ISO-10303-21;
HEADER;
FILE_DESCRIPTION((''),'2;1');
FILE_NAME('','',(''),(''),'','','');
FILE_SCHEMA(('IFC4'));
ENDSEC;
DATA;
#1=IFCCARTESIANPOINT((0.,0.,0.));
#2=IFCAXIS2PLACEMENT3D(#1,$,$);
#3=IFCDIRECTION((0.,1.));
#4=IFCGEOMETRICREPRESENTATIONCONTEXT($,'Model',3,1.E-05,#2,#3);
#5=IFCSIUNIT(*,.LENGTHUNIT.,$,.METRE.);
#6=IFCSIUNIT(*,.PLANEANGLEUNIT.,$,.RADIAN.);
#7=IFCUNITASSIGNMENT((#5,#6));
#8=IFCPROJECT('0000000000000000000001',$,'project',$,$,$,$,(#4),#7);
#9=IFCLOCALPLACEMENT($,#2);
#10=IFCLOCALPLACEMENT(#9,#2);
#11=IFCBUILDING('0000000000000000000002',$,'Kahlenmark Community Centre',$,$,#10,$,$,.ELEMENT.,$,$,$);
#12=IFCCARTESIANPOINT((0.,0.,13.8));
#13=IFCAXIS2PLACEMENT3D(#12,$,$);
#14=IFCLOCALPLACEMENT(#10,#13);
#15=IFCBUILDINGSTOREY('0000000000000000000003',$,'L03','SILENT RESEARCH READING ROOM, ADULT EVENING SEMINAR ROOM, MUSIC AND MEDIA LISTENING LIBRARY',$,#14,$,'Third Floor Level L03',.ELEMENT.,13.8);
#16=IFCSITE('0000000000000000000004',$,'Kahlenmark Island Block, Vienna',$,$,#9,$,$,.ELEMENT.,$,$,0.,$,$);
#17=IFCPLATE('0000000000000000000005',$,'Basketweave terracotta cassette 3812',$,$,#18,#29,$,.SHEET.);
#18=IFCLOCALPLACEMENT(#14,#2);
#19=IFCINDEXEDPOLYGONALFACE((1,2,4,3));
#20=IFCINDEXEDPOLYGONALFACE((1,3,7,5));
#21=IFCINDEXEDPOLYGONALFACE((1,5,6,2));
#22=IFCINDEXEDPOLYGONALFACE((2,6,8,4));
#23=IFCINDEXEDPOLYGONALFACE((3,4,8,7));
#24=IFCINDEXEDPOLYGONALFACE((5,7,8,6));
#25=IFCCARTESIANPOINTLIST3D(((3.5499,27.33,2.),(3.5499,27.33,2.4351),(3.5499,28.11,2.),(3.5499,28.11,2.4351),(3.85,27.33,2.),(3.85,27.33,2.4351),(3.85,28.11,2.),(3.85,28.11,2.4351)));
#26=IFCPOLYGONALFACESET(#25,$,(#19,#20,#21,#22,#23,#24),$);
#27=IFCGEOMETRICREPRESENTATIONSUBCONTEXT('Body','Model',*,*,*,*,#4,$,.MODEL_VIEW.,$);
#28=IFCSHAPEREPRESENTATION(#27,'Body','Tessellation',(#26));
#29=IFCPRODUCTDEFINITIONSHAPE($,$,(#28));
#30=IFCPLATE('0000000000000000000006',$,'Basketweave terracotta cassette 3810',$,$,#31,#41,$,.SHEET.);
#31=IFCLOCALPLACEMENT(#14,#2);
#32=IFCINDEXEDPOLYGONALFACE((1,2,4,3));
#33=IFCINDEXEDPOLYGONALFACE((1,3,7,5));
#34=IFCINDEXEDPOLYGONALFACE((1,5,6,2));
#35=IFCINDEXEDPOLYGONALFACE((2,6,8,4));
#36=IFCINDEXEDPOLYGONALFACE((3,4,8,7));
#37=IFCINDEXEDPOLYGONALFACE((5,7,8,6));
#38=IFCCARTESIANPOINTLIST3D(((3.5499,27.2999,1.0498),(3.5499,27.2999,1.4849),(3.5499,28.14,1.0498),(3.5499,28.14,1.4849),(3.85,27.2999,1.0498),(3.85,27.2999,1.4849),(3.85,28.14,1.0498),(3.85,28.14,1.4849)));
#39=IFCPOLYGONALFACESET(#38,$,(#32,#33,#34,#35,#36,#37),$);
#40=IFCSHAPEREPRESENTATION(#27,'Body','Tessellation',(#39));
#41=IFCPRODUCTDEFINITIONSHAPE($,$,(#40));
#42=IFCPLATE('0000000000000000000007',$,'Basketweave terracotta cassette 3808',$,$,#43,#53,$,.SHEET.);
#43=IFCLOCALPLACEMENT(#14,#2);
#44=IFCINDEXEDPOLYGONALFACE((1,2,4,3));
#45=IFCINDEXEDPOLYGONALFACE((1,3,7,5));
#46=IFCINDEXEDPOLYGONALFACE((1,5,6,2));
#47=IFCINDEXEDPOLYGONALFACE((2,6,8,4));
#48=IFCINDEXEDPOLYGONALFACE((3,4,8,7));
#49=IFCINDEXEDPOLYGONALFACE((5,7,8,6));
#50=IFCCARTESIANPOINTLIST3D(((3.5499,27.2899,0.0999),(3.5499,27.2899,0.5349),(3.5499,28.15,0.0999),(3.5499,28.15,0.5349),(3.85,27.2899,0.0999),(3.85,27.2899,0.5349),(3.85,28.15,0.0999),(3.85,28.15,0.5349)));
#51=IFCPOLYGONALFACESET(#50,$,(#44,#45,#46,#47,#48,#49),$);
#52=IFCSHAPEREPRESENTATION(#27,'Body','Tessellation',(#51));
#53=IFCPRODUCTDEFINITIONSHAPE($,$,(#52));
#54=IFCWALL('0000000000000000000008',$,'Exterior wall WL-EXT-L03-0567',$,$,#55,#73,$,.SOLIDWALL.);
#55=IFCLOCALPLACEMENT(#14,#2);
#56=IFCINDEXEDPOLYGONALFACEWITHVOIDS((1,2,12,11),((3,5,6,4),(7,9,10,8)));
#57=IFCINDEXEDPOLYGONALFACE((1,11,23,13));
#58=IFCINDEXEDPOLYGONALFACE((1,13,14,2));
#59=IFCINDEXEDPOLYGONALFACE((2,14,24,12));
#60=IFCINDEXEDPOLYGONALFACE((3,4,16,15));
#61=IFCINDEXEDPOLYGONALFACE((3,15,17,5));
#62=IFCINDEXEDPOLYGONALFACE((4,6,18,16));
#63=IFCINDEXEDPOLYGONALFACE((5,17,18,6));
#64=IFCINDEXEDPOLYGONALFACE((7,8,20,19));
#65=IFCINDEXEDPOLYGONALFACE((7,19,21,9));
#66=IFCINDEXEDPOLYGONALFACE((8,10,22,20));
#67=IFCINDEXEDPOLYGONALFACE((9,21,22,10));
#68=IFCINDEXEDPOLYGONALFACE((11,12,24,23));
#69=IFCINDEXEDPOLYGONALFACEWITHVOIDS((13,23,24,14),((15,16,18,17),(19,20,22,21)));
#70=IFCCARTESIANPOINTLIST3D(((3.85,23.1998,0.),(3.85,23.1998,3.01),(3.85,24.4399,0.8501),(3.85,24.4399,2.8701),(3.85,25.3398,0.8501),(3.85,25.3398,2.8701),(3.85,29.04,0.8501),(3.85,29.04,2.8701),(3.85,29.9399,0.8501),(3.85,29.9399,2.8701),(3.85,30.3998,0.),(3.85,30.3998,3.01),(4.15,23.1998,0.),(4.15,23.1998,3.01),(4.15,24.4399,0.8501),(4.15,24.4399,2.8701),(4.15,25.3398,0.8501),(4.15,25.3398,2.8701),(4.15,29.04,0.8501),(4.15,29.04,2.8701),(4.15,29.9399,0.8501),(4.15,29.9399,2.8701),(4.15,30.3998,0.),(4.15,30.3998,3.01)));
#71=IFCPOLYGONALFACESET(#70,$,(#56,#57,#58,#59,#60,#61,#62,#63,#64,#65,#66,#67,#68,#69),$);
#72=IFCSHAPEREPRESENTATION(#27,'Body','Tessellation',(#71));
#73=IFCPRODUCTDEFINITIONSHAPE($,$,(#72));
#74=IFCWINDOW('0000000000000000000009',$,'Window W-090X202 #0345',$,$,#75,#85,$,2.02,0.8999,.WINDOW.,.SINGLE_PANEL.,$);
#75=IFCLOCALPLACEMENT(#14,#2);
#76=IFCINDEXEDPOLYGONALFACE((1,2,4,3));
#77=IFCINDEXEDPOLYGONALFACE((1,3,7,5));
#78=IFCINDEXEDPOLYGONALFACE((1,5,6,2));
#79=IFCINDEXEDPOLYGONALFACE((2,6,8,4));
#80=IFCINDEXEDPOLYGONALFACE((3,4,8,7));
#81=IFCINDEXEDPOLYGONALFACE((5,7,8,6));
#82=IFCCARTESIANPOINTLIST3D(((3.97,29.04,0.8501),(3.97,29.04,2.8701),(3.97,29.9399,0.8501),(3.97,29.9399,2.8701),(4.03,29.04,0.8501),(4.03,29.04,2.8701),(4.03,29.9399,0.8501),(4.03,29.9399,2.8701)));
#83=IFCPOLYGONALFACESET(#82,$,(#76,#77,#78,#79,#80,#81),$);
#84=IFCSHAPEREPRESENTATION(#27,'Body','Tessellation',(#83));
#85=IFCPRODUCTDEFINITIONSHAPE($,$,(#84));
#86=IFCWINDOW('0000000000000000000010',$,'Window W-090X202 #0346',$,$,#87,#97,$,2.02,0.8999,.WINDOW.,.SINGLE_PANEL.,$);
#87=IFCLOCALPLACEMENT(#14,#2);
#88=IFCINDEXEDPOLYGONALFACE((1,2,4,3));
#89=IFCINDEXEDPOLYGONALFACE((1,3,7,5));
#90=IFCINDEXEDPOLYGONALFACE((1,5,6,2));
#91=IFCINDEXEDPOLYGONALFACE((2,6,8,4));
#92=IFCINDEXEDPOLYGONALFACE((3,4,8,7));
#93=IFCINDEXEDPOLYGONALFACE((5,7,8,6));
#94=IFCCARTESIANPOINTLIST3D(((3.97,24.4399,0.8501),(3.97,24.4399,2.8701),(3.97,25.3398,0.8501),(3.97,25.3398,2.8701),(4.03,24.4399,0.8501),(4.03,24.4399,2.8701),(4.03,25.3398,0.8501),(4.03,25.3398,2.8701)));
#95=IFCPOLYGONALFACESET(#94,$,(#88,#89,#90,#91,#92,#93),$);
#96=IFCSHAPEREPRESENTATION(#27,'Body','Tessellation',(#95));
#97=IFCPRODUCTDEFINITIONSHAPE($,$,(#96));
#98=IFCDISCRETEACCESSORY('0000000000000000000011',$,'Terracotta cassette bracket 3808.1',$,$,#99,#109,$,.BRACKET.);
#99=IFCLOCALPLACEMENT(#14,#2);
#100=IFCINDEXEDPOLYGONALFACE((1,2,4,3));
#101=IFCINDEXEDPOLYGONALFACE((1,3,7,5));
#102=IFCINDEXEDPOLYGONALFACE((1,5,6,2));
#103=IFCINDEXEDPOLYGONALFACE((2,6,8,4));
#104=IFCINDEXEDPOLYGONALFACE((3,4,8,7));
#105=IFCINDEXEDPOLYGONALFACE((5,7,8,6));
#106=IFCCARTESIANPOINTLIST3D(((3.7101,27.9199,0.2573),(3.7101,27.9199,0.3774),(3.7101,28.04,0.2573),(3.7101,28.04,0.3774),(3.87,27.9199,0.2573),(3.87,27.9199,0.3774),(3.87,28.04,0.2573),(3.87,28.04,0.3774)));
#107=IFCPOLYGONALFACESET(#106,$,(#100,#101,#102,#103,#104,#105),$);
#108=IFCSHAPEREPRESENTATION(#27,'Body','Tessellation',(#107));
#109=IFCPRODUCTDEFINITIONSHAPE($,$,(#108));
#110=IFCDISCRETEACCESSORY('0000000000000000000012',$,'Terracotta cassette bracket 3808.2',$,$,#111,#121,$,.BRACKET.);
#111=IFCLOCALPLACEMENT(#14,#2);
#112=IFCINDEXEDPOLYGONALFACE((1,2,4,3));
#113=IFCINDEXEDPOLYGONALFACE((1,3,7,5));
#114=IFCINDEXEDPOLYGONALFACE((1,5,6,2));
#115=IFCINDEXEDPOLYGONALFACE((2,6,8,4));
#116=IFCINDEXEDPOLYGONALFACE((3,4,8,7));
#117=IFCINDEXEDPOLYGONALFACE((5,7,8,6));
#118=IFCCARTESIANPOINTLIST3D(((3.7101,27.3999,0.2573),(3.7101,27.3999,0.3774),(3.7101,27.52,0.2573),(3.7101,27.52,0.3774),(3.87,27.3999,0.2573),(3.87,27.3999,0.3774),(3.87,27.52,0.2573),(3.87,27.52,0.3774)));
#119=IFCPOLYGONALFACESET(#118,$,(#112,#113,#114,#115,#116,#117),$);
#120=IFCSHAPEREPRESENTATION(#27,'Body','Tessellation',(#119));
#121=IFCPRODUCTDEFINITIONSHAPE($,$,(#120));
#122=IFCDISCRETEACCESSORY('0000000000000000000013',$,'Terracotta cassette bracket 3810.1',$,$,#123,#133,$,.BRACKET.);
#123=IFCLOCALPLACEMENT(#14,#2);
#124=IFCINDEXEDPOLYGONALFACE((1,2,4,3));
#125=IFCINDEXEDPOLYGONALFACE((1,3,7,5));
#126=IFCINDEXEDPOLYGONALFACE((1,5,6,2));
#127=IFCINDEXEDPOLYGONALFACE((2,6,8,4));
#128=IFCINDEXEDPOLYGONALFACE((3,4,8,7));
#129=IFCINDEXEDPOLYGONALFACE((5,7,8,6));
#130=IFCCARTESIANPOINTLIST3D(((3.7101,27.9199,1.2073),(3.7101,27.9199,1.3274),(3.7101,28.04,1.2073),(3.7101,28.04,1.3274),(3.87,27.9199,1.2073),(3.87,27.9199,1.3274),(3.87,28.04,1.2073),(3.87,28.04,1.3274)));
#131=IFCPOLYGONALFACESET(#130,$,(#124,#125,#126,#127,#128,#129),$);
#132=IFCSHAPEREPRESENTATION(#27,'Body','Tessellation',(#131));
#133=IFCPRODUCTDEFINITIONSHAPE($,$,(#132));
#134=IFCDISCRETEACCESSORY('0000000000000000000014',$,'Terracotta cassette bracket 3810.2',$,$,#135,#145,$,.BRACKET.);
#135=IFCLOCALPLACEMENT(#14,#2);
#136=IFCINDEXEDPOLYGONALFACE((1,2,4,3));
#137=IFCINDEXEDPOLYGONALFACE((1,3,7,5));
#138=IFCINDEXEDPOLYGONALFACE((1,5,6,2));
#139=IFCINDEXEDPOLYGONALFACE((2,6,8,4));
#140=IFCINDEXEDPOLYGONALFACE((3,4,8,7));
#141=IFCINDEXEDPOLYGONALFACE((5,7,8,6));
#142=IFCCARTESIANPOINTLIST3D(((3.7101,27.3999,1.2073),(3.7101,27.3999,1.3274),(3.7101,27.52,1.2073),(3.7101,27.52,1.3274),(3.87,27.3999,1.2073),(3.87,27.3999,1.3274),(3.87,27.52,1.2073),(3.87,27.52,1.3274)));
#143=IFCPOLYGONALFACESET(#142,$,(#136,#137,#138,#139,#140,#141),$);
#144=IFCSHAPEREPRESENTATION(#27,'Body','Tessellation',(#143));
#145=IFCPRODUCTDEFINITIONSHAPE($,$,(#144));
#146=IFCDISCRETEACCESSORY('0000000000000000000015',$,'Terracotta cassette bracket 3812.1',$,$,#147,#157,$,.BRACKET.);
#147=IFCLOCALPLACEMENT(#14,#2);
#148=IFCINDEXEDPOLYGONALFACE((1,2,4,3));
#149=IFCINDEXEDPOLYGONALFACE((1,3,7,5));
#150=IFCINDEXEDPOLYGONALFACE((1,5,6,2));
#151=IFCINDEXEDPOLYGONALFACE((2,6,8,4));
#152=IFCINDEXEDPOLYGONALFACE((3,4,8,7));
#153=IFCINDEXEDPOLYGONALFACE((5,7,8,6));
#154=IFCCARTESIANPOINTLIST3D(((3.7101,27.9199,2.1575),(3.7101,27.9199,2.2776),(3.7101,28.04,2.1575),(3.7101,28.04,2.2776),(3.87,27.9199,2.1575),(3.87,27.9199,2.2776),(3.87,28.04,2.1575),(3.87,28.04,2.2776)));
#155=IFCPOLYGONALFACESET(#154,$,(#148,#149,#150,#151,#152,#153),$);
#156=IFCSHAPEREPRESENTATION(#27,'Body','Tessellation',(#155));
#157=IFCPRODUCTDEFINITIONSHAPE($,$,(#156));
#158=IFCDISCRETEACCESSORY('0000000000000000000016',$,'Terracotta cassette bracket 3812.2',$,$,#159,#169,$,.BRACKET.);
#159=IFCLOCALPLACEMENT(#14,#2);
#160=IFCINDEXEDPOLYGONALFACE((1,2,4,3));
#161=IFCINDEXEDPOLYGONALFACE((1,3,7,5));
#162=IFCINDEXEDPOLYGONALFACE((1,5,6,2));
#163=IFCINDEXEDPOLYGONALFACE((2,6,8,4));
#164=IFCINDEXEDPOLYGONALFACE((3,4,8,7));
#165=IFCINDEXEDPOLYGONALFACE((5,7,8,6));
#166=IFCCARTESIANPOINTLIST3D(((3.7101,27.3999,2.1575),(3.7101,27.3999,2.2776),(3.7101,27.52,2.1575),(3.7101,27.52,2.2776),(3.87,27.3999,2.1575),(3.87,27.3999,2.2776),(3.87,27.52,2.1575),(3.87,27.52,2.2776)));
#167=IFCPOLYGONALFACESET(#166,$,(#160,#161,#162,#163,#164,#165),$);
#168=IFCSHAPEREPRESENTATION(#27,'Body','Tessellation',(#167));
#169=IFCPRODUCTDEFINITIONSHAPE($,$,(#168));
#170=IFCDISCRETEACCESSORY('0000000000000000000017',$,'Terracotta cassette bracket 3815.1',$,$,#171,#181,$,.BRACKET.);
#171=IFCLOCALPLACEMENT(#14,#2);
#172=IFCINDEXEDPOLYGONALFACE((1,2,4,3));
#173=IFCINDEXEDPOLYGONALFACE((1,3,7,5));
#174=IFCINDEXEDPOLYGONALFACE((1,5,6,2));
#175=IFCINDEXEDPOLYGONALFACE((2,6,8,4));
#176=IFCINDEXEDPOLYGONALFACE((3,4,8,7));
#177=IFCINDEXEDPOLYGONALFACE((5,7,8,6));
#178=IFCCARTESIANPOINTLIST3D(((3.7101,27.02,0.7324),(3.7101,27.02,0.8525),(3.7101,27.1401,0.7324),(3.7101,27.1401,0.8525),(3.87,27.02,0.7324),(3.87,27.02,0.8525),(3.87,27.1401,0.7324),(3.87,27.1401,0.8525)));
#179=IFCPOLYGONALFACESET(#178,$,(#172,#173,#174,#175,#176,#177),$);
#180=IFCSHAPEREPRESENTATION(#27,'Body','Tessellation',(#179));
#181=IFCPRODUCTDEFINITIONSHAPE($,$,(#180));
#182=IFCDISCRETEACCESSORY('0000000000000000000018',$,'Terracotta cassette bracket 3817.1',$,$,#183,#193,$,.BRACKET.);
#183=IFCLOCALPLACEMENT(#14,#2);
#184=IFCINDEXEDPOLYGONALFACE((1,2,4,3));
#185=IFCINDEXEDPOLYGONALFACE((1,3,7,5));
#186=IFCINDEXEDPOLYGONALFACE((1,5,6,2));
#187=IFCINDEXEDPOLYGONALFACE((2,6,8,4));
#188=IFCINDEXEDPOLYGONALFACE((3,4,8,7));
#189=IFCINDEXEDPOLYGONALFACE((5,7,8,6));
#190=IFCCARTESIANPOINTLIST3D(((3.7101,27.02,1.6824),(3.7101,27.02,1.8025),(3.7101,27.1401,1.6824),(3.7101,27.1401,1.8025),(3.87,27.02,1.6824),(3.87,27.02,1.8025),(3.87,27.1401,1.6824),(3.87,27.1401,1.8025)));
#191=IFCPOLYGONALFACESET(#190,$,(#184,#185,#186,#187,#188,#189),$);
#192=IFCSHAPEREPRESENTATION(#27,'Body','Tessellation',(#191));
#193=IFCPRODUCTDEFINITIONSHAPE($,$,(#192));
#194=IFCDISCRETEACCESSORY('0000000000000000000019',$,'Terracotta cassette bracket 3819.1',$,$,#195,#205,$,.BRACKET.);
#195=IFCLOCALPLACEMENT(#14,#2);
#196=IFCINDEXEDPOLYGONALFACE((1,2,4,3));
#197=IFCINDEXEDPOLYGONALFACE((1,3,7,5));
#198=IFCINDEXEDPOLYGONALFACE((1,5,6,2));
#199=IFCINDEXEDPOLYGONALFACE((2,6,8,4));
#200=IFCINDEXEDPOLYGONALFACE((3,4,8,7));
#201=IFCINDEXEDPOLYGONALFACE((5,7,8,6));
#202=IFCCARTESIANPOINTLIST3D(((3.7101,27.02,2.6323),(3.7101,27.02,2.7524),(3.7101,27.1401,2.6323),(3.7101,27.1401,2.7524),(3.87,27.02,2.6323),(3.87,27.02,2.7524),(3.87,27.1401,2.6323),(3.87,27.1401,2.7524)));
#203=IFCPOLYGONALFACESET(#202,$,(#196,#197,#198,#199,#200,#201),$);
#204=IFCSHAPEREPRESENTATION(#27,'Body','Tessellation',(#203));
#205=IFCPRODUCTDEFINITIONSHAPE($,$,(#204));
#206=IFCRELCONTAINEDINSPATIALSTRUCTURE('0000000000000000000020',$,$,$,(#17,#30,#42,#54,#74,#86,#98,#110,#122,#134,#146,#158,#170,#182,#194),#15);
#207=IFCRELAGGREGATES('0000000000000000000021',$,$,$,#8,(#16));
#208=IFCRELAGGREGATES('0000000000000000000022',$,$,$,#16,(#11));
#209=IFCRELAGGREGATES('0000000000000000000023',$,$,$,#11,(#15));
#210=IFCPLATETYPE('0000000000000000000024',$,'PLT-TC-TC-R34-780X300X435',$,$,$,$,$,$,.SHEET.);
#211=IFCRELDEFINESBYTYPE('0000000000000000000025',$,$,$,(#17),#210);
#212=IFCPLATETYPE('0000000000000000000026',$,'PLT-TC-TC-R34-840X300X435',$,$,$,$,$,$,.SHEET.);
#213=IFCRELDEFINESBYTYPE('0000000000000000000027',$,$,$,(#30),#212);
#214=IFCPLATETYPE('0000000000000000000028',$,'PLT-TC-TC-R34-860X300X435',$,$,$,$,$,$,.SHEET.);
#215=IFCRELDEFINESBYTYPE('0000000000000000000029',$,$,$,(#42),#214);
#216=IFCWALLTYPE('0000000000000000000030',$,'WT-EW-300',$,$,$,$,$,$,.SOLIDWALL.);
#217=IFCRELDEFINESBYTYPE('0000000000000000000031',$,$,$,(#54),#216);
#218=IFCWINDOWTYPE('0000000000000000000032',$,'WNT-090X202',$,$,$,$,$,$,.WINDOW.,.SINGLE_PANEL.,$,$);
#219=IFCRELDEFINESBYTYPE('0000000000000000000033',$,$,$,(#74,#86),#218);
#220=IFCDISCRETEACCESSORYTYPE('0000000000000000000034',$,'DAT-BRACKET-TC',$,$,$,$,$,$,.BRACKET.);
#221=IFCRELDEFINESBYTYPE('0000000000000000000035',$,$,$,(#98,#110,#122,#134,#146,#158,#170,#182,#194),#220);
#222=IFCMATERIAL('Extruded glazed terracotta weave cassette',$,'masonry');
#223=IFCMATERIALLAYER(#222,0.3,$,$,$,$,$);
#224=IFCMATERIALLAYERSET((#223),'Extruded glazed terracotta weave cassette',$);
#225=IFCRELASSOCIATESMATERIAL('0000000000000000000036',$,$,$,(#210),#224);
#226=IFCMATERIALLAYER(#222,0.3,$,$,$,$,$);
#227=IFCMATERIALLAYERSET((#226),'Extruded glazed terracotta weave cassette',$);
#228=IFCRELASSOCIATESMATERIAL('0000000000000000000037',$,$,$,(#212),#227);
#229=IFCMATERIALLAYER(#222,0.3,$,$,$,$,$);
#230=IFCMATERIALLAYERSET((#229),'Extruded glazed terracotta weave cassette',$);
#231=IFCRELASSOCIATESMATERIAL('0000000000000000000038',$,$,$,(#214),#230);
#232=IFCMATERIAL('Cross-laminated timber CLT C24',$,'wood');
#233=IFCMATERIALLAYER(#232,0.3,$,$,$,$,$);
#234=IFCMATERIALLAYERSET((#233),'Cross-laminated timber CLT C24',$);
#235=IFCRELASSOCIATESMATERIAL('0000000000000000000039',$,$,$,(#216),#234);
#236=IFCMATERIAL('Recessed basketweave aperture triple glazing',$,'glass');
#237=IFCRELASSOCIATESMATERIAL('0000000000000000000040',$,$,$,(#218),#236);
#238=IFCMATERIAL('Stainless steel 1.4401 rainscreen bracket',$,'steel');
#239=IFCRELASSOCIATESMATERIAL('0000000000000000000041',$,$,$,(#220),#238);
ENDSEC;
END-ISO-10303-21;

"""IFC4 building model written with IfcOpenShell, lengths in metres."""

from ifc_helpers import new_model, si_unit, direction, frame, frame_2d, origin, origin_2d, place, context, subcontext, project, spatial, rectangle, extrude, material, layer, layer_set, type_object, element, fill, save


model = new_model("IFC4")

# Units and contexts
model_context = context("Model", 3, precision=1e-05, world=origin(), true_north=direction((0.0, 1.0)))
body_context = subcontext(model_context, "Body", "Model", "MODEL_VIEW")
ifc_project = project(units=[si_unit("LENGTHUNIT", "METRE"), si_unit("PLANEANGLEUNIT", "RADIAN")], contexts=[model_context])

# Site, building, storey
site_placement = place(None, origin())
site = spatial("IfcSite", under=ifc_project, at=site_placement, Name="Kahlenmark Island Block, Vienna", CompositionType="ELEMENT", RefElevation=0.0)
building_placement = place(site_placement, origin())
building = spatial("IfcBuilding", under=site, at=building_placement, Name="Kahlenmark Community Centre", CompositionType="ELEMENT")
storey_placement = place(building_placement, frame((0.0, 0.0, 13.8)))
storey = spatial("IfcBuildingStorey", under=building, at=storey_placement, Name="L03", Description="SILENT RESEARCH READING ROOM, ADULT EVENING SEMINAR ROOM, MUSIC AND MEDIA LISTENING LIBRARY", LongName="Third Floor Level L03", CompositionType="ELEMENT", Elevation=13.8)

# Plates
ifc_material_1 = material(Name="Extruded glazed terracotta weave cassette", Category="masonry")
ifc_layer_1 = layer(ifc_material_1, 0.3)
ifc_layer_set_1 = layer_set([ifc_layer_1], Name="Extruded glazed terracotta weave cassette")
plate_type_1 = type_object("IfcPlateType", Name="PLT-TC-TC-R34-780X300X435", PredefinedType="SHEET", material=ifc_layer_set_1)
plate_1_placement = place(storey_placement, frame((3.7, 27.72, 2.0), z_axis=(0.0, 0.0, 1.0), x_axis=(0.0, -1.0, 0.0)))
element("IfcPlate", 1, at=plate_1_placement, inside=storey, type_object=plate_type_1, Name="Basketweave terracotta cassette 3812", PredefinedType="SHEET", context=body_context, shape_type="SweptSolid", body=[
    extrude(rectangle(XDim=0.78, YDim=0.3, at=origin_2d()), origin(), (0.0, 0.0, 1.0), 0.4351),
])
ifc_layer_2 = layer(ifc_material_1, 0.3)
ifc_layer_set_2 = layer_set([ifc_layer_2], Name="Extruded glazed terracotta weave cassette")
plate_type_2 = type_object("IfcPlateType", Name="PLT-TC-TC-R34-840X300X435", PredefinedType="SHEET", material=ifc_layer_set_2)
plate_2_placement = place(storey_placement, frame((3.7, 27.72, 1.0498), z_axis=(0.0, 0.0, 1.0), x_axis=(0.0, -1.0, 0.0)))
element("IfcPlate", 2, at=plate_2_placement, inside=storey, type_object=plate_type_2, Name="Basketweave terracotta cassette 3810", PredefinedType="SHEET", context=body_context, shape_type="SweptSolid", body=[
    extrude(rectangle(XDim=0.8401, YDim=0.3, at=origin_2d()), origin(), (0.0, 0.0, 1.0), 0.4351),
])
ifc_layer_3 = layer(ifc_material_1, 0.3)
ifc_layer_set_3 = layer_set([ifc_layer_3], Name="Extruded glazed terracotta weave cassette")
plate_type_3 = type_object("IfcPlateType", Name="PLT-TC-TC-R34-860X300X435", PredefinedType="SHEET", material=ifc_layer_set_3)
plate_3_placement = place(storey_placement, frame((3.7, 27.72, 0.0999), z_axis=(0.0, 0.0, 1.0), x_axis=(0.0, -1.0, 0.0)))
element("IfcPlate", 3, at=plate_3_placement, inside=storey, type_object=plate_type_3, Name="Basketweave terracotta cassette 3808", PredefinedType="SHEET", context=body_context, shape_type="SweptSolid", body=[
    extrude(rectangle(XDim=0.8601, YDim=0.3, at=origin_2d()), origin(), (0.0, 0.0, 1.0), 0.4351),
])

# Wall, openings, windows
ifc_material_2 = material(Name="Cross-laminated timber CLT C24", Category="wood")
ifc_layer_4 = layer(ifc_material_2, 0.3)
ifc_layer_set_4 = layer_set([ifc_layer_4], Name="Cross-laminated timber CLT C24")
wall_type = type_object("IfcWallType", Name="WT-EW-300", PredefinedType="SOLIDWALL", material=ifc_layer_set_4)
wall_placement = place(storey_placement, frame((4.0, 30.3999, 0.0), z_axis=(0.0, 0.0, 1.0), x_axis=(0.0, -1.0, 0.0)))
wall = element("IfcWall", 4, at=wall_placement, inside=storey, type_object=wall_type, Name="Exterior wall WL-EXT-L03-0567", PredefinedType="SOLIDWALL", context=body_context, shape_type="SweptSolid", body=[
    extrude(rectangle(XDim=7.2, YDim=0.3, at=frame_2d((3.6001, 0.0))), origin(), (0.0, 0.0, 1.0), 3.01),
])
opening_1_placement = place(wall_placement, frame((0.46, 0.0, 0.8501)))
opening_1 = element("IfcOpeningElement", 5, at=opening_1_placement, cuts=wall, PredefinedType="OPENING", context=body_context, shape_type="SweptSolid", body=[
    extrude(rectangle(XDim=0.8999, YDim=2.02, at=frame_2d((0.45, 1.01))), frame((0.0, 0.1599, 0.0), z_axis=(0.0, -1.0, 0.0), x_axis=(1.0, 0.0, 0.0)), (0.0, 0.0, 1.0), 0.3201),
])
opening_2_placement = place(wall_placement, frame((5.0601, 0.0, 0.8501)))
opening_2 = element("IfcOpeningElement", 6, at=opening_2_placement, cuts=wall, PredefinedType="OPENING", context=body_context, shape_type="SweptSolid", body=[
    extrude(rectangle(XDim=0.8999, YDim=2.02, at=frame_2d((0.45, 1.01))), frame((0.0, 0.1599, 0.0), z_axis=(0.0, -1.0, 0.0), x_axis=(1.0, 0.0, 0.0)), (0.0, 0.0, 1.0), 0.3201),
])
ifc_material_3 = material(Name="Recessed basketweave aperture triple glazing", Category="glass")
window_type = type_object("IfcWindowType", Name="WNT-090X202", PartitioningType="SINGLE_PANEL", PredefinedType="WINDOW", material=ifc_material_3)
window_1_placement = place(opening_1_placement, origin())
window_1 = element("IfcWindow", 7, at=window_1_placement, inside=storey, type_object=window_type, Name="Window W-090X202 #0345", OverallHeight=2.02, OverallWidth=0.8999, PartitioningType="SINGLE_PANEL", PredefinedType="WINDOW", context=body_context, shape_type="SweptSolid", body=[
    extrude(rectangle(XDim=0.8999, YDim=2.02, at=frame_2d((0.45, 1.01))), frame((0.0, 0.03, 0.0), z_axis=(0.0, -1.0, 0.0), x_axis=(1.0, 0.0, 0.0)), (0.0, 0.0, 1.0), 0.0601),
])
fill(opening_1, window_1)
window_2_placement = place(opening_2_placement, origin())
window_2 = element("IfcWindow", 8, at=window_2_placement, inside=storey, type_object=window_type, Name="Window W-090X202 #0346", OverallHeight=2.02, OverallWidth=0.8999, PartitioningType="SINGLE_PANEL", PredefinedType="WINDOW", context=body_context, shape_type="SweptSolid", body=[
    extrude(rectangle(XDim=0.8999, YDim=2.02, at=frame_2d((0.45, 1.01))), frame((0.0, 0.03, 0.0), z_axis=(0.0, -1.0, 0.0), x_axis=(1.0, 0.0, 0.0)), (0.0, 0.0, 1.0), 0.0601),
])
fill(opening_2, window_2)

# Discrete accessories
ifc_material_4 = material(Name="Stainless steel 1.4401 rainscreen bracket", Category="steel")
discrete_accessory_type = type_object("IfcDiscreteAccessoryType", Name="DAT-BRACKET-TC", PredefinedType="BRACKET", material=ifc_material_4)
for number, where, z_axis, x_axis, name in (
    (9, (3.79, 27.98, 0.2573), (0.0, 0.0, 1.0), (0.0, -1.0, 0.0), "Terracotta cassette bracket 3808.1"),
    (10, (3.79, 27.46, 0.2573), (0.0, 0.0, 1.0), (0.0, -1.0, 0.0), "Terracotta cassette bracket 3808.2"),
    (11, (3.79, 27.98, 1.2073), (0.0, 0.0, 1.0), (0.0, -1.0, 0.0), "Terracotta cassette bracket 3810.1"),
    (12, (3.79, 27.46, 1.2073), (0.0, 0.0, 1.0), (0.0, -1.0, 0.0), "Terracotta cassette bracket 3810.2"),
    (13, (3.79, 27.98, 2.1575), (0.0, 0.0, 1.0), (0.0, -1.0, 0.0), "Terracotta cassette bracket 3812.1"),
    (14, (3.79, 27.46, 2.1575), (0.0, 0.0, 1.0), (0.0, -1.0, 0.0), "Terracotta cassette bracket 3812.2"),
    (15, (3.79, 27.0801, 0.7324), (0.0, 0.0, 1.0), (0.0, -1.0, 0.0), "Terracotta cassette bracket 3815.1"),
    (16, (3.79, 27.0801, 1.6824), (0.0, 0.0, 1.0), (0.0, -1.0, 0.0), "Terracotta cassette bracket 3817.1"),
    (17, (3.79, 27.0801, 2.6323), (0.0, 0.0, 1.0), (0.0, -1.0, 0.0), "Terracotta cassette bracket 3819.1"),
):
    element("IfcDiscreteAccessory", number, at=place(storey_placement, frame(where, z_axis=z_axis, x_axis=x_axis)), inside=storey, type_object=discrete_accessory_type, Name=name, PredefinedType="BRACKET", context=body_context, shape_type="SweptSolid", body=[
        extrude(rectangle(XDim=0.1201, YDim=0.1599, at=origin_2d()), origin(), (0.0, 0.0, 1.0), 0.1201),
    ])

save(model, "model.ifc")
